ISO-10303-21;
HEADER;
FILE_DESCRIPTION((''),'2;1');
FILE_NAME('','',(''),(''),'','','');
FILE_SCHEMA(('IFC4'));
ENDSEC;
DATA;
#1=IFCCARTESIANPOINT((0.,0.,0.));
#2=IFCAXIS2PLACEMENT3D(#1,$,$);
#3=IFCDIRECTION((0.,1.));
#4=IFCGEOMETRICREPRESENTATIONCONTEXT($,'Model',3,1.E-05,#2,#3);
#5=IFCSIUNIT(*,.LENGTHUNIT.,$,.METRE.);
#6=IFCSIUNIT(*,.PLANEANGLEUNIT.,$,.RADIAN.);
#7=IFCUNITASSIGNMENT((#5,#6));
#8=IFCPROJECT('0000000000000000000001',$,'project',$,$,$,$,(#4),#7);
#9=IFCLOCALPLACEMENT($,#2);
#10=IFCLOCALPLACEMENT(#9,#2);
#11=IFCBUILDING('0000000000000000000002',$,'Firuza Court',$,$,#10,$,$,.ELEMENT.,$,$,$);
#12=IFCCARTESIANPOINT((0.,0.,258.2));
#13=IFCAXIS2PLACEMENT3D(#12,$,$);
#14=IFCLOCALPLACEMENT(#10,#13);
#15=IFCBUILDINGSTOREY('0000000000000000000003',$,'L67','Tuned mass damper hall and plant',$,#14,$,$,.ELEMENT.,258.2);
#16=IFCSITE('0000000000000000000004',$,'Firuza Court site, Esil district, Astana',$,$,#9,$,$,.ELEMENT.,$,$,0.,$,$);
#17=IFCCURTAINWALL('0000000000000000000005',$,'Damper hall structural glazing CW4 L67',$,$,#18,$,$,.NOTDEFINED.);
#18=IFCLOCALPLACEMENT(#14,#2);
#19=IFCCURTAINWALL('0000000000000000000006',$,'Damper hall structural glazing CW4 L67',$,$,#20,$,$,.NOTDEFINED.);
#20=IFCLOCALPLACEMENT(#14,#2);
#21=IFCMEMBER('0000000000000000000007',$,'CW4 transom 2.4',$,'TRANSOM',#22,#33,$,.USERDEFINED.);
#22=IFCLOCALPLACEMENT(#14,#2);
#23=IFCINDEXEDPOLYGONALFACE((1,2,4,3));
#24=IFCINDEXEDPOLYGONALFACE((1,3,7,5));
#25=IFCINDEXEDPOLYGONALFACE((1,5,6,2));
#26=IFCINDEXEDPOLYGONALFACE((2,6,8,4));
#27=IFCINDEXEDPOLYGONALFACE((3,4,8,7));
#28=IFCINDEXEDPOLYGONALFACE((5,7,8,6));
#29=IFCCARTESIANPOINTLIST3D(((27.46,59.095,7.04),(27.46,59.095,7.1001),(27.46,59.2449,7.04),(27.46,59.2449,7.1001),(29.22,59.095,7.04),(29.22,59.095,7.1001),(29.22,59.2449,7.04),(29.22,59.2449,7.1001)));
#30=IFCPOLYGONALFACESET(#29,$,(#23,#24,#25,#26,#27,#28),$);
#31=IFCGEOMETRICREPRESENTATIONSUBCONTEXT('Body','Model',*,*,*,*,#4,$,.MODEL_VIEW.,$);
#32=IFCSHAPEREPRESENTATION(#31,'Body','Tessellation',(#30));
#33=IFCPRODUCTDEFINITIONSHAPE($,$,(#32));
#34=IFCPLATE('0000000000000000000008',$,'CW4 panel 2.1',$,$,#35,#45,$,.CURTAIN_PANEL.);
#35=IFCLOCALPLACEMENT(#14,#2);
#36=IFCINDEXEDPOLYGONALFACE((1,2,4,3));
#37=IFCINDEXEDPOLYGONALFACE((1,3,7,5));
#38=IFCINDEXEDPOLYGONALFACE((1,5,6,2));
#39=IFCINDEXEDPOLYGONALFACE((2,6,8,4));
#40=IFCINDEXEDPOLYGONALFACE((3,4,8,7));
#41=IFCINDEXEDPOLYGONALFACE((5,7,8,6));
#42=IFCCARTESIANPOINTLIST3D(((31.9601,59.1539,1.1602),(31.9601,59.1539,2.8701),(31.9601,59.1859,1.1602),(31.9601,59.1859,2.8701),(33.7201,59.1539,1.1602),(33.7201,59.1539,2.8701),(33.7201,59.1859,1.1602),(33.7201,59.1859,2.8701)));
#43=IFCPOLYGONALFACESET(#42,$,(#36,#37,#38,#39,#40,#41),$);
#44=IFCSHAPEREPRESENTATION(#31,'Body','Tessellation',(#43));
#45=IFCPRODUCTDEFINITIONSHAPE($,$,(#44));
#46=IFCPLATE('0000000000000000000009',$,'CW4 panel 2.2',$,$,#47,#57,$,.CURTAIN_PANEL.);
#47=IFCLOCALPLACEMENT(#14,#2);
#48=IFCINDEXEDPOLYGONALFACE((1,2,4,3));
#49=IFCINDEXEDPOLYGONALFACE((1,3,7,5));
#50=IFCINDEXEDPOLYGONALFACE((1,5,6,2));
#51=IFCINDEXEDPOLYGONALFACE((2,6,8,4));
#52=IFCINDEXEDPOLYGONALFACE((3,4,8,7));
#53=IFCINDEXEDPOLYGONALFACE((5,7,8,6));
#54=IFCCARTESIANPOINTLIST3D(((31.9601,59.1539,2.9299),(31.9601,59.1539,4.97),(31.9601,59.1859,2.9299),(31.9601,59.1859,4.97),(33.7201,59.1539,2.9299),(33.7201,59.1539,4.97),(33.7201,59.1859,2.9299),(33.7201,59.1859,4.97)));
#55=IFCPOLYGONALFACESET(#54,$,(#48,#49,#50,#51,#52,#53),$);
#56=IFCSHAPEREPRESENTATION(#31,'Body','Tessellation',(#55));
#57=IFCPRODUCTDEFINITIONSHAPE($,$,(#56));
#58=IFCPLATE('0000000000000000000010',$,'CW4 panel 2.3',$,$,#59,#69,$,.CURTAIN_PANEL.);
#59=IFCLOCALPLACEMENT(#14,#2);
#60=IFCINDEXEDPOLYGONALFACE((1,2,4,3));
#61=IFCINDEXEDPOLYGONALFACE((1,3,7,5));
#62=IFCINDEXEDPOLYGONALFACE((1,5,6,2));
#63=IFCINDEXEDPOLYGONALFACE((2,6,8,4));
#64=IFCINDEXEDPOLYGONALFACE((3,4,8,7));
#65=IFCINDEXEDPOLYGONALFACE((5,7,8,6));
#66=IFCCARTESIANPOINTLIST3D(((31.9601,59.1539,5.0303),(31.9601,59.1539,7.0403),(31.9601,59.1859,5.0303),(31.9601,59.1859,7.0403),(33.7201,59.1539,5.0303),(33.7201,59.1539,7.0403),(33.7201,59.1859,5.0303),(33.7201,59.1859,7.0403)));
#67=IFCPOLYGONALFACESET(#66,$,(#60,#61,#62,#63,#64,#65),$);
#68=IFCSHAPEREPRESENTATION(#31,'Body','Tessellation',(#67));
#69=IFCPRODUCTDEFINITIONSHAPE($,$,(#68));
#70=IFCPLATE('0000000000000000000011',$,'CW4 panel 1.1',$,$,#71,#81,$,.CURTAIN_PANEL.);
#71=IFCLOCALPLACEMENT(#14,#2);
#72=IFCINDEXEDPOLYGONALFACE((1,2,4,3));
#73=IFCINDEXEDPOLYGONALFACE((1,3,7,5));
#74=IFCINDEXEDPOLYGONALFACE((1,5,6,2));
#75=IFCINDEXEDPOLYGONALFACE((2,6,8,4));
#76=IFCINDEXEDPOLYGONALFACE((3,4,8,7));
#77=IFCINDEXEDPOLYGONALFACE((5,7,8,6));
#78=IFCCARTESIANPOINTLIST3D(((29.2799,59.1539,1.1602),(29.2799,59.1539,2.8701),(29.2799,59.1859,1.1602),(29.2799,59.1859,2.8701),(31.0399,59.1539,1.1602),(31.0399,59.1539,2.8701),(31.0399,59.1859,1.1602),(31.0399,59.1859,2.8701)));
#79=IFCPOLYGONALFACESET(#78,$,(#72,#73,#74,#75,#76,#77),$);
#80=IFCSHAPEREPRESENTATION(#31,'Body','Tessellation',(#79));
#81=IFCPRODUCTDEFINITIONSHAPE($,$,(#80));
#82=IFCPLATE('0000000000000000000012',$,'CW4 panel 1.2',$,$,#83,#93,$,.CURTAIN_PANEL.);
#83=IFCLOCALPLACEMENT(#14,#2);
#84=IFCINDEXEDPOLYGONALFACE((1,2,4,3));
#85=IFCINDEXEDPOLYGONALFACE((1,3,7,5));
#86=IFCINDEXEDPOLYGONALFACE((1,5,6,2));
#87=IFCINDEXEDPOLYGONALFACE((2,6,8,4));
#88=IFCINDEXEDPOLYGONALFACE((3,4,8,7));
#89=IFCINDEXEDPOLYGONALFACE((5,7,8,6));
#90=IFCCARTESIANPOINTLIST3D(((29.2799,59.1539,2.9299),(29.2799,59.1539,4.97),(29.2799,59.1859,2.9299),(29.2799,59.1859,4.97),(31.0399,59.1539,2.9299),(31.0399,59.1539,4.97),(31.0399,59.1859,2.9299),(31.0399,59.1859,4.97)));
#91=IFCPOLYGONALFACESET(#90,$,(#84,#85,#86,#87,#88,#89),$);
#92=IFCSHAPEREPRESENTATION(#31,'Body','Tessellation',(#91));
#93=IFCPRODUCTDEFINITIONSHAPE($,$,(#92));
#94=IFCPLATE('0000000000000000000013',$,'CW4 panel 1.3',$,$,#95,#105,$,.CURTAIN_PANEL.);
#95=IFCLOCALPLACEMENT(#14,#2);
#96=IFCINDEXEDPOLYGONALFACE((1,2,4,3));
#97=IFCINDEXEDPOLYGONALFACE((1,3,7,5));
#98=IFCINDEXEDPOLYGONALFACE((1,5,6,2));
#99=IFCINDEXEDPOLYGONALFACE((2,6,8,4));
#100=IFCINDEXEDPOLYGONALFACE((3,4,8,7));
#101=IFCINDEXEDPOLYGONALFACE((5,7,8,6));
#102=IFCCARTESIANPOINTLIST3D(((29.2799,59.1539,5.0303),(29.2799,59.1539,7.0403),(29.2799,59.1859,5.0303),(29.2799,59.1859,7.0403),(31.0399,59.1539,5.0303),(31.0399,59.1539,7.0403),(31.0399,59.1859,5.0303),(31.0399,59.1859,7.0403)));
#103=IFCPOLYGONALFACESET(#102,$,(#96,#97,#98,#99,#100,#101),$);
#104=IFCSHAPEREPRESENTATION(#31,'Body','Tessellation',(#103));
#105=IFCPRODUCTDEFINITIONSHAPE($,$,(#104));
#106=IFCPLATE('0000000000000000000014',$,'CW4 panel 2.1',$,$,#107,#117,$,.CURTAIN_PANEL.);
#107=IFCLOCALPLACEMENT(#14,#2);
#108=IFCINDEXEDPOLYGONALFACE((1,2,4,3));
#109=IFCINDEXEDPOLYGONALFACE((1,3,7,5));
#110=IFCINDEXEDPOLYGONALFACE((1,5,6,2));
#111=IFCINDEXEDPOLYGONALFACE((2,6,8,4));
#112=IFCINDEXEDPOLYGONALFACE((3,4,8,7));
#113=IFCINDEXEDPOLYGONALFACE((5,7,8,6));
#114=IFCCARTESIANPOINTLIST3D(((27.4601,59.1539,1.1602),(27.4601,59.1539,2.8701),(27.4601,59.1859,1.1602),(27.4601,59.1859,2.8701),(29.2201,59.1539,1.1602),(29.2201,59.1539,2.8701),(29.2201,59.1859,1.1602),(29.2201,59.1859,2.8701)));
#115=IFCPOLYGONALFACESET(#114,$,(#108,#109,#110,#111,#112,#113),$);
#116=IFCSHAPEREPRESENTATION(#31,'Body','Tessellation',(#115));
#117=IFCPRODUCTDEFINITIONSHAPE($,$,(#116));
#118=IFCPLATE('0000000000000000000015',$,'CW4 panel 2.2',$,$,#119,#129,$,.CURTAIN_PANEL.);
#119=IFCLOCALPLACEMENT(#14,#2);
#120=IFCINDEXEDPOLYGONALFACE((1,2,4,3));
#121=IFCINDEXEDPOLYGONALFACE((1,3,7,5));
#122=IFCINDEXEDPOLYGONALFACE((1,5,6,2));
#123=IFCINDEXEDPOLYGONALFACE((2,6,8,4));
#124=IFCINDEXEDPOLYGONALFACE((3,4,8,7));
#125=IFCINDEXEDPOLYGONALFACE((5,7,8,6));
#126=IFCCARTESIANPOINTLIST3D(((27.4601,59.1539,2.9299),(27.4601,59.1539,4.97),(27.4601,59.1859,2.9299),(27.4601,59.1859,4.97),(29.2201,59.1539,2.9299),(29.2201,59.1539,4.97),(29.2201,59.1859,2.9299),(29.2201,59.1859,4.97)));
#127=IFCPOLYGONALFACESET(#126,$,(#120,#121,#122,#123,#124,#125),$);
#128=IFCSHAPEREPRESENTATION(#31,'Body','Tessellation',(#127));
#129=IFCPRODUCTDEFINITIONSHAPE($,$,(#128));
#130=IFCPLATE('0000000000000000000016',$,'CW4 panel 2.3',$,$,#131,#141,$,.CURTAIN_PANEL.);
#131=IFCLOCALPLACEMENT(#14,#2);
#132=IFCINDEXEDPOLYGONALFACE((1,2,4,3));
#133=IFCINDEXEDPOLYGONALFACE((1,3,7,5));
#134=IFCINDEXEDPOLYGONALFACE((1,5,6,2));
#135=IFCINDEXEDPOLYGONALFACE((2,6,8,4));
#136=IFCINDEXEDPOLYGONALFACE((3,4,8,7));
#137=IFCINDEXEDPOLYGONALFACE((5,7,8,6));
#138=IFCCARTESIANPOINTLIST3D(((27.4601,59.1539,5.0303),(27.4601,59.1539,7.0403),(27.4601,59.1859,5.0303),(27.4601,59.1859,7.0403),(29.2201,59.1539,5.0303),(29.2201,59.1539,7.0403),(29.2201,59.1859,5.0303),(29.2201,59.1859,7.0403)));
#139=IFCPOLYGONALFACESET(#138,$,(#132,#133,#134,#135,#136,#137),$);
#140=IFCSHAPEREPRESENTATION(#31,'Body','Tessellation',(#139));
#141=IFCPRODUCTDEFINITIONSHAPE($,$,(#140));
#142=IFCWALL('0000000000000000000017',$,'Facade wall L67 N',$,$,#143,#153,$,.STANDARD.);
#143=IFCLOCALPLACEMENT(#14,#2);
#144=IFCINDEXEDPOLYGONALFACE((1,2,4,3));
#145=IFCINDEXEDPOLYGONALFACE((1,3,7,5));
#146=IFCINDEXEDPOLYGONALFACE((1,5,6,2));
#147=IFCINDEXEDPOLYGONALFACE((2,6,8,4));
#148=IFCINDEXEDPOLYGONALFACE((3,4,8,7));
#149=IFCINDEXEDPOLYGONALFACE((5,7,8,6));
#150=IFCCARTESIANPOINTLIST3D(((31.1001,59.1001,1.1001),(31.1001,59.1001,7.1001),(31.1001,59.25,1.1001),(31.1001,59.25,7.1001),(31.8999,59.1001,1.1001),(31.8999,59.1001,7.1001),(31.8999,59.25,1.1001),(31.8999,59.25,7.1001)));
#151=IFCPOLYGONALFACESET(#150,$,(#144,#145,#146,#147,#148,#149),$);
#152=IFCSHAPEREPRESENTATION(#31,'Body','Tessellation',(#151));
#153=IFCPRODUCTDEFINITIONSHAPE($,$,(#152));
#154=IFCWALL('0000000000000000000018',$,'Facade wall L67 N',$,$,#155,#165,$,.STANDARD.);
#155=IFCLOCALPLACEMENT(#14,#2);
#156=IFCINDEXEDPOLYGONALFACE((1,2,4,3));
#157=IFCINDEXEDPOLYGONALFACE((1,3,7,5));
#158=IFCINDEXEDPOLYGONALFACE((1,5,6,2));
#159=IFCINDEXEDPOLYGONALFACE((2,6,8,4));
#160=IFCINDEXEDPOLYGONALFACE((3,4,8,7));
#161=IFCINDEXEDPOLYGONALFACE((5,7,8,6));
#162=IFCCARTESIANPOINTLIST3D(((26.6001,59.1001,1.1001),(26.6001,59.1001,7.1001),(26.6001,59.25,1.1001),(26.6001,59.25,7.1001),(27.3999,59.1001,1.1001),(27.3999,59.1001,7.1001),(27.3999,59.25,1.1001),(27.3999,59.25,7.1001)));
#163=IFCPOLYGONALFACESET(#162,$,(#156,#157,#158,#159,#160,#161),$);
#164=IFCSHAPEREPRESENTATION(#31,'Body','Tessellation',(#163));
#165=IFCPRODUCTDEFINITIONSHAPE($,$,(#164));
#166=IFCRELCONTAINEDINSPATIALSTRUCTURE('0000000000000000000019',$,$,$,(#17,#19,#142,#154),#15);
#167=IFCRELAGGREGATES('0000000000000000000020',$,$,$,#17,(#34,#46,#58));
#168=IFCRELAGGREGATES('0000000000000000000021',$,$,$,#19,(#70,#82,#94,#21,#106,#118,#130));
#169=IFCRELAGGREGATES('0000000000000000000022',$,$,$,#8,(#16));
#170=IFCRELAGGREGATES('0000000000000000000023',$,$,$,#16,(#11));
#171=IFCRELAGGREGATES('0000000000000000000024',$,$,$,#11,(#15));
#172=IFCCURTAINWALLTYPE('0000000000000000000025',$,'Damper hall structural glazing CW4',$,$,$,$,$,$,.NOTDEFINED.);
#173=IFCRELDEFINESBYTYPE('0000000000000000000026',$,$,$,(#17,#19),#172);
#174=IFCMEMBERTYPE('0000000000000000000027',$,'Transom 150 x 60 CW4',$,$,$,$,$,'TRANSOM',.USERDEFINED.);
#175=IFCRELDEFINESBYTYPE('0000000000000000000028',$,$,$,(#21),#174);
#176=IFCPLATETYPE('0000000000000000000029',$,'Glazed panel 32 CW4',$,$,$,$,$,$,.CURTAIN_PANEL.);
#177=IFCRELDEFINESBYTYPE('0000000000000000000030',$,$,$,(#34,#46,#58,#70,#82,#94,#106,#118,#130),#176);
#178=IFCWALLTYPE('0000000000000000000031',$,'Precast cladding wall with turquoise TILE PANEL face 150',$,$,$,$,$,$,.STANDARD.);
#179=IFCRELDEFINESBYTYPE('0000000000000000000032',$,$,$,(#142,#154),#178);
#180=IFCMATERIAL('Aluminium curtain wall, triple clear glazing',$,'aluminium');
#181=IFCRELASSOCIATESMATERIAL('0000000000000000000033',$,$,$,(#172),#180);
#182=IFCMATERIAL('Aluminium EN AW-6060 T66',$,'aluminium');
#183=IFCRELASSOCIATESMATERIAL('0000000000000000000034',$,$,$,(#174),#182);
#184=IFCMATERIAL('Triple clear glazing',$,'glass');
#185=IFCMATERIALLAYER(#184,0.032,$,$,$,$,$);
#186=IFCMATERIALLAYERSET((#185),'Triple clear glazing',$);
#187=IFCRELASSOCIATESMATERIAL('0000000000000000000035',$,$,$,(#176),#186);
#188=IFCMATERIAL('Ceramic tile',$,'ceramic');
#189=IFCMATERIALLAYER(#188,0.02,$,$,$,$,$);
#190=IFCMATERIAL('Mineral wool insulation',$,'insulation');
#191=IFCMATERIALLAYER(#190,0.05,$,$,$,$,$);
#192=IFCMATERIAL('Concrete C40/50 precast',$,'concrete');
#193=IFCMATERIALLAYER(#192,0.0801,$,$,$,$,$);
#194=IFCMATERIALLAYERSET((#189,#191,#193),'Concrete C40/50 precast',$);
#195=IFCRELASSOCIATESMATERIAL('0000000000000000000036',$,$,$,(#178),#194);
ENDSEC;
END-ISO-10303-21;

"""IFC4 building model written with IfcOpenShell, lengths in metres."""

from ifc_helpers import new_model, si_unit, direction, frame, frame_2d, origin, origin_2d, place, context, subcontext, project, spatial, rectangle, extrude, material, layer, layer_set, material_profile, profile_set, type_object, element, aggregate, save


model = new_model("IFC4")

# Units and contexts
model_context = context("Model", 3, precision=1e-05, world=origin(), true_north=direction((0.0, 1.0)))
body_context = subcontext(model_context, "Body", "Model", "MODEL_VIEW")
ifc_project = project(units=[si_unit("LENGTHUNIT", "METRE"), si_unit("PLANEANGLEUNIT", "RADIAN")], contexts=[model_context])

# Site, building, storey
site_placement = place(None, origin())
site = spatial("IfcSite", under=ifc_project, at=site_placement, Name="Firuza Court site, Esil district, Astana", CompositionType="ELEMENT", RefElevation=0.0)
building_placement = place(site_placement, origin())
building = spatial("IfcBuilding", under=site, at=building_placement, Name="Firuza Court", CompositionType="ELEMENT")
storey_placement = place(building_placement, frame((0.0, 0.0, 258.2)))
storey = spatial("IfcBuildingStorey", under=building, at=storey_placement, Name="L67", Description="Tuned mass damper hall and plant", CompositionType="ELEMENT", Elevation=258.2)

# Curtain wall
ifc_material_1 = material(Name="Aluminium curtain wall, triple clear glazing", Category="aluminium")
curtain_wall_type = type_object("IfcCurtainWallType", Name="Damper hall structural glazing CW4", PredefinedType="NOTDEFINED", material=ifc_material_1)
curtain_wall_1_placement = place(storey_placement, origin())
curtain_wall_1 = element("IfcCurtainWall", 1, at=curtain_wall_1_placement, inside=storey, type_object=curtain_wall_type, Name="Damper hall structural glazing CW4 L67", PredefinedType="NOTDEFINED")

# Curtain wall
curtain_wall_2_placement = place(storey_placement, origin())
curtain_wall_2 = element("IfcCurtainWall", 2, at=curtain_wall_2_placement, inside=storey, type_object=curtain_wall_type, Name="Damper hall structural glazing CW4 L67", PredefinedType="NOTDEFINED")

# Member
ifc_material_2 = material(Name="Aluminium EN AW-6060 T66", Category="aluminium")
ifc_material_profile_1 = material_profile(ifc_material_2, rectangle(XDim=0.1499, YDim=0.0601, at=origin_2d()), Name="Transom 150 x 60 CW4")
ifc_profile_set_1 = profile_set([ifc_material_profile_1], Name="Aluminium EN AW-6060 T66")
member_type_1 = type_object("IfcMemberType", Name="Transom 150 x 60 CW4", ElementType="TRANSOM", PredefinedType="USERDEFINED", material=ifc_profile_set_1)
member_1_placement = place(storey_placement, frame((29.22, 59.1699, 7.0701), z_axis=(-1.0, 0.0, 0.0), x_axis=(0.0, -1.0, 0.0)))
member_1 = element("IfcMember", 3, at=member_1_placement, type_object=member_type_1, Name="CW4 transom 2.4", ObjectType="TRANSOM", PredefinedType="USERDEFINED", context=body_context, shape_type="SweptSolid", body=[
    extrude(rectangle(XDim=0.1499, YDim=0.0601, at=origin_2d()), origin(), (0.0, 0.0, 1.0), 1.76),
])

# Plates
ifc_material_3 = material(Name="Triple clear glazing", Category="glass")
ifc_layer_1 = layer(ifc_material_3, 0.032)
ifc_layer_set_1 = layer_set([ifc_layer_1], Name="Triple clear glazing")
plate_type = type_object("IfcPlateType", Name="Glazed panel 32 CW4", PredefinedType="CURTAIN_PANEL", material=ifc_layer_set_1)
plate_1_placement = place(storey_placement, frame((32.8401, 59.1699, 1.1602), z_axis=(0.0, 0.0, 1.0), x_axis=(-1.0, 0.0, 0.0)))
plate_1 = element("IfcPlate", 4, at=plate_1_placement, type_object=plate_type, Name="CW4 panel 2.1", PredefinedType="CURTAIN_PANEL", context=body_context, shape_type="SweptSolid", body=[
    extrude(rectangle(XDim=1.76, YDim=0.032, at=origin_2d()), origin(), (0.0, 0.0, 1.0), 1.71),
])
plate_2_placement = place(storey_placement, frame((32.8401, 59.1699, 2.9299), z_axis=(0.0, 0.0, 1.0), x_axis=(-1.0, 0.0, 0.0)))
plate_2 = element("IfcPlate", 5, at=plate_2_placement, type_object=plate_type, Name="CW4 panel 2.2", PredefinedType="CURTAIN_PANEL", context=body_context, shape_type="SweptSolid", body=[
    extrude(rectangle(XDim=1.76, YDim=0.032, at=origin_2d()), origin(), (0.0, 0.0, 1.0), 2.04),
])
plate_3_placement = place(storey_placement, frame((32.8401, 59.1699, 5.0303), z_axis=(0.0, 0.0, 1.0), x_axis=(-1.0, 0.0, 0.0)))
plate_3 = element("IfcPlate", 6, at=plate_3_placement, type_object=plate_type, Name="CW4 panel 2.3", PredefinedType="CURTAIN_PANEL", context=body_context, shape_type="SweptSolid", body=[
    extrude(rectangle(XDim=1.76, YDim=0.032, at=origin_2d()), origin(), (0.0, 0.0, 1.0), 2.01),
])
aggregate(curtain_wall_1, [plate_1, plate_2, plate_3])
plate_4_placement = place(storey_placement, frame((30.1599, 59.1699, 1.1602), z_axis=(0.0, 0.0, 1.0), x_axis=(-1.0, 0.0, 0.0)))
plate_4 = element("IfcPlate", 7, at=plate_4_placement, type_object=plate_type, Name="CW4 panel 1.1", PredefinedType="CURTAIN_PANEL", context=body_context, shape_type="SweptSolid", body=[
    extrude(rectangle(XDim=1.76, YDim=0.032, at=origin_2d()), origin(), (0.0, 0.0, 1.0), 1.71),
])
plate_5_placement = place(storey_placement, frame((30.1599, 59.1699, 2.9299), z_axis=(0.0, 0.0, 1.0), x_axis=(-1.0, 0.0, 0.0)))
plate_5 = element("IfcPlate", 8, at=plate_5_placement, type_object=plate_type, Name="CW4 panel 1.2", PredefinedType="CURTAIN_PANEL", context=body_context, shape_type="SweptSolid", body=[
    extrude(rectangle(XDim=1.76, YDim=0.032, at=origin_2d()), origin(), (0.0, 0.0, 1.0), 2.04),
])
plate_6_placement = place(storey_placement, frame((30.1599, 59.1699, 5.0303), z_axis=(0.0, 0.0, 1.0), x_axis=(-1.0, 0.0, 0.0)))
plate_6 = element("IfcPlate", 9, at=plate_6_placement, type_object=plate_type, Name="CW4 panel 1.3", PredefinedType="CURTAIN_PANEL", context=body_context, shape_type="SweptSolid", body=[
    extrude(rectangle(XDim=1.76, YDim=0.032, at=origin_2d()), origin(), (0.0, 0.0, 1.0), 2.01),
])
plate_7_placement = place(storey_placement, frame((28.3401, 59.1699, 1.1602), z_axis=(0.0, 0.0, 1.0), x_axis=(-1.0, 0.0, 0.0)))
plate_7 = element("IfcPlate", 10, at=plate_7_placement, type_object=plate_type, Name="CW4 panel 2.1", PredefinedType="CURTAIN_PANEL", context=body_context, shape_type="SweptSolid", body=[
    extrude(rectangle(XDim=1.76, YDim=0.032, at=origin_2d()), origin(), (0.0, 0.0, 1.0), 1.71),
])
plate_8_placement = place(storey_placement, frame((28.3401, 59.1699, 2.9299), z_axis=(0.0, 0.0, 1.0), x_axis=(-1.0, 0.0, 0.0)))
plate_8 = element("IfcPlate", 11, at=plate_8_placement, type_object=plate_type, Name="CW4 panel 2.2", PredefinedType="CURTAIN_PANEL", context=body_context, shape_type="SweptSolid", body=[
    extrude(rectangle(XDim=1.76, YDim=0.032, at=origin_2d()), origin(), (0.0, 0.0, 1.0), 2.04),
])
plate_9_placement = place(storey_placement, frame((28.3401, 59.1699, 5.0303), z_axis=(0.0, 0.0, 1.0), x_axis=(-1.0, 0.0, 0.0)))
plate_9 = element("IfcPlate", 12, at=plate_9_placement, type_object=plate_type, Name="CW4 panel 2.3", PredefinedType="CURTAIN_PANEL", context=body_context, shape_type="SweptSolid", body=[
    extrude(rectangle(XDim=1.76, YDim=0.032, at=origin_2d()), origin(), (0.0, 0.0, 1.0), 2.01),
])
aggregate(curtain_wall_2, [plate_4, plate_5, plate_6, member_1, plate_7, plate_8, plate_9])

# Walls
ifc_material_4 = material(Name="Ceramic tile", Category="ceramic")
ifc_layer_2 = layer(ifc_material_4, 0.02)
ifc_material_5 = material(Name="Mineral wool insulation", Category="insulation")
ifc_layer_3 = layer(ifc_material_5, 0.05)
ifc_material_6 = material(Name="Concrete C40/50 precast", Category="concrete")
ifc_layer_4 = layer(ifc_material_6, 0.0801)
ifc_layer_set_2 = layer_set([ifc_layer_2, ifc_layer_3, ifc_layer_4], Name="Concrete C40/50 precast")
wall_type = type_object("IfcWallType", Name="Precast cladding wall with turquoise TILE PANEL face 150", PredefinedType="STANDARD", material=ifc_layer_set_2)
for number, where, z_axis, x_axis, name in (
    (13, (31.8999, 59.175, 1.1001), (0.0, 0.0, 1.0), (-1.0, 0.0, 0.0), "Facade wall L67 N"),
    (14, (27.3999, 59.175, 1.1001), (0.0, 0.0, 1.0), (-1.0, 0.0, 0.0), "Facade wall L67 N"),
):
    element("IfcWall", number, at=place(storey_placement, frame(where, z_axis=z_axis, x_axis=x_axis)), inside=storey, type_object=wall_type, Name=name, PredefinedType="STANDARD", context=body_context, shape_type="SweptSolid", body=[
        extrude(rectangle(XDim=0.7998, YDim=0.1499, at=frame_2d((0.3999, 0.0))), origin(), (0.0, 0.0, 1.0), 6.0),
    ])

save(model, "model.ifc")
